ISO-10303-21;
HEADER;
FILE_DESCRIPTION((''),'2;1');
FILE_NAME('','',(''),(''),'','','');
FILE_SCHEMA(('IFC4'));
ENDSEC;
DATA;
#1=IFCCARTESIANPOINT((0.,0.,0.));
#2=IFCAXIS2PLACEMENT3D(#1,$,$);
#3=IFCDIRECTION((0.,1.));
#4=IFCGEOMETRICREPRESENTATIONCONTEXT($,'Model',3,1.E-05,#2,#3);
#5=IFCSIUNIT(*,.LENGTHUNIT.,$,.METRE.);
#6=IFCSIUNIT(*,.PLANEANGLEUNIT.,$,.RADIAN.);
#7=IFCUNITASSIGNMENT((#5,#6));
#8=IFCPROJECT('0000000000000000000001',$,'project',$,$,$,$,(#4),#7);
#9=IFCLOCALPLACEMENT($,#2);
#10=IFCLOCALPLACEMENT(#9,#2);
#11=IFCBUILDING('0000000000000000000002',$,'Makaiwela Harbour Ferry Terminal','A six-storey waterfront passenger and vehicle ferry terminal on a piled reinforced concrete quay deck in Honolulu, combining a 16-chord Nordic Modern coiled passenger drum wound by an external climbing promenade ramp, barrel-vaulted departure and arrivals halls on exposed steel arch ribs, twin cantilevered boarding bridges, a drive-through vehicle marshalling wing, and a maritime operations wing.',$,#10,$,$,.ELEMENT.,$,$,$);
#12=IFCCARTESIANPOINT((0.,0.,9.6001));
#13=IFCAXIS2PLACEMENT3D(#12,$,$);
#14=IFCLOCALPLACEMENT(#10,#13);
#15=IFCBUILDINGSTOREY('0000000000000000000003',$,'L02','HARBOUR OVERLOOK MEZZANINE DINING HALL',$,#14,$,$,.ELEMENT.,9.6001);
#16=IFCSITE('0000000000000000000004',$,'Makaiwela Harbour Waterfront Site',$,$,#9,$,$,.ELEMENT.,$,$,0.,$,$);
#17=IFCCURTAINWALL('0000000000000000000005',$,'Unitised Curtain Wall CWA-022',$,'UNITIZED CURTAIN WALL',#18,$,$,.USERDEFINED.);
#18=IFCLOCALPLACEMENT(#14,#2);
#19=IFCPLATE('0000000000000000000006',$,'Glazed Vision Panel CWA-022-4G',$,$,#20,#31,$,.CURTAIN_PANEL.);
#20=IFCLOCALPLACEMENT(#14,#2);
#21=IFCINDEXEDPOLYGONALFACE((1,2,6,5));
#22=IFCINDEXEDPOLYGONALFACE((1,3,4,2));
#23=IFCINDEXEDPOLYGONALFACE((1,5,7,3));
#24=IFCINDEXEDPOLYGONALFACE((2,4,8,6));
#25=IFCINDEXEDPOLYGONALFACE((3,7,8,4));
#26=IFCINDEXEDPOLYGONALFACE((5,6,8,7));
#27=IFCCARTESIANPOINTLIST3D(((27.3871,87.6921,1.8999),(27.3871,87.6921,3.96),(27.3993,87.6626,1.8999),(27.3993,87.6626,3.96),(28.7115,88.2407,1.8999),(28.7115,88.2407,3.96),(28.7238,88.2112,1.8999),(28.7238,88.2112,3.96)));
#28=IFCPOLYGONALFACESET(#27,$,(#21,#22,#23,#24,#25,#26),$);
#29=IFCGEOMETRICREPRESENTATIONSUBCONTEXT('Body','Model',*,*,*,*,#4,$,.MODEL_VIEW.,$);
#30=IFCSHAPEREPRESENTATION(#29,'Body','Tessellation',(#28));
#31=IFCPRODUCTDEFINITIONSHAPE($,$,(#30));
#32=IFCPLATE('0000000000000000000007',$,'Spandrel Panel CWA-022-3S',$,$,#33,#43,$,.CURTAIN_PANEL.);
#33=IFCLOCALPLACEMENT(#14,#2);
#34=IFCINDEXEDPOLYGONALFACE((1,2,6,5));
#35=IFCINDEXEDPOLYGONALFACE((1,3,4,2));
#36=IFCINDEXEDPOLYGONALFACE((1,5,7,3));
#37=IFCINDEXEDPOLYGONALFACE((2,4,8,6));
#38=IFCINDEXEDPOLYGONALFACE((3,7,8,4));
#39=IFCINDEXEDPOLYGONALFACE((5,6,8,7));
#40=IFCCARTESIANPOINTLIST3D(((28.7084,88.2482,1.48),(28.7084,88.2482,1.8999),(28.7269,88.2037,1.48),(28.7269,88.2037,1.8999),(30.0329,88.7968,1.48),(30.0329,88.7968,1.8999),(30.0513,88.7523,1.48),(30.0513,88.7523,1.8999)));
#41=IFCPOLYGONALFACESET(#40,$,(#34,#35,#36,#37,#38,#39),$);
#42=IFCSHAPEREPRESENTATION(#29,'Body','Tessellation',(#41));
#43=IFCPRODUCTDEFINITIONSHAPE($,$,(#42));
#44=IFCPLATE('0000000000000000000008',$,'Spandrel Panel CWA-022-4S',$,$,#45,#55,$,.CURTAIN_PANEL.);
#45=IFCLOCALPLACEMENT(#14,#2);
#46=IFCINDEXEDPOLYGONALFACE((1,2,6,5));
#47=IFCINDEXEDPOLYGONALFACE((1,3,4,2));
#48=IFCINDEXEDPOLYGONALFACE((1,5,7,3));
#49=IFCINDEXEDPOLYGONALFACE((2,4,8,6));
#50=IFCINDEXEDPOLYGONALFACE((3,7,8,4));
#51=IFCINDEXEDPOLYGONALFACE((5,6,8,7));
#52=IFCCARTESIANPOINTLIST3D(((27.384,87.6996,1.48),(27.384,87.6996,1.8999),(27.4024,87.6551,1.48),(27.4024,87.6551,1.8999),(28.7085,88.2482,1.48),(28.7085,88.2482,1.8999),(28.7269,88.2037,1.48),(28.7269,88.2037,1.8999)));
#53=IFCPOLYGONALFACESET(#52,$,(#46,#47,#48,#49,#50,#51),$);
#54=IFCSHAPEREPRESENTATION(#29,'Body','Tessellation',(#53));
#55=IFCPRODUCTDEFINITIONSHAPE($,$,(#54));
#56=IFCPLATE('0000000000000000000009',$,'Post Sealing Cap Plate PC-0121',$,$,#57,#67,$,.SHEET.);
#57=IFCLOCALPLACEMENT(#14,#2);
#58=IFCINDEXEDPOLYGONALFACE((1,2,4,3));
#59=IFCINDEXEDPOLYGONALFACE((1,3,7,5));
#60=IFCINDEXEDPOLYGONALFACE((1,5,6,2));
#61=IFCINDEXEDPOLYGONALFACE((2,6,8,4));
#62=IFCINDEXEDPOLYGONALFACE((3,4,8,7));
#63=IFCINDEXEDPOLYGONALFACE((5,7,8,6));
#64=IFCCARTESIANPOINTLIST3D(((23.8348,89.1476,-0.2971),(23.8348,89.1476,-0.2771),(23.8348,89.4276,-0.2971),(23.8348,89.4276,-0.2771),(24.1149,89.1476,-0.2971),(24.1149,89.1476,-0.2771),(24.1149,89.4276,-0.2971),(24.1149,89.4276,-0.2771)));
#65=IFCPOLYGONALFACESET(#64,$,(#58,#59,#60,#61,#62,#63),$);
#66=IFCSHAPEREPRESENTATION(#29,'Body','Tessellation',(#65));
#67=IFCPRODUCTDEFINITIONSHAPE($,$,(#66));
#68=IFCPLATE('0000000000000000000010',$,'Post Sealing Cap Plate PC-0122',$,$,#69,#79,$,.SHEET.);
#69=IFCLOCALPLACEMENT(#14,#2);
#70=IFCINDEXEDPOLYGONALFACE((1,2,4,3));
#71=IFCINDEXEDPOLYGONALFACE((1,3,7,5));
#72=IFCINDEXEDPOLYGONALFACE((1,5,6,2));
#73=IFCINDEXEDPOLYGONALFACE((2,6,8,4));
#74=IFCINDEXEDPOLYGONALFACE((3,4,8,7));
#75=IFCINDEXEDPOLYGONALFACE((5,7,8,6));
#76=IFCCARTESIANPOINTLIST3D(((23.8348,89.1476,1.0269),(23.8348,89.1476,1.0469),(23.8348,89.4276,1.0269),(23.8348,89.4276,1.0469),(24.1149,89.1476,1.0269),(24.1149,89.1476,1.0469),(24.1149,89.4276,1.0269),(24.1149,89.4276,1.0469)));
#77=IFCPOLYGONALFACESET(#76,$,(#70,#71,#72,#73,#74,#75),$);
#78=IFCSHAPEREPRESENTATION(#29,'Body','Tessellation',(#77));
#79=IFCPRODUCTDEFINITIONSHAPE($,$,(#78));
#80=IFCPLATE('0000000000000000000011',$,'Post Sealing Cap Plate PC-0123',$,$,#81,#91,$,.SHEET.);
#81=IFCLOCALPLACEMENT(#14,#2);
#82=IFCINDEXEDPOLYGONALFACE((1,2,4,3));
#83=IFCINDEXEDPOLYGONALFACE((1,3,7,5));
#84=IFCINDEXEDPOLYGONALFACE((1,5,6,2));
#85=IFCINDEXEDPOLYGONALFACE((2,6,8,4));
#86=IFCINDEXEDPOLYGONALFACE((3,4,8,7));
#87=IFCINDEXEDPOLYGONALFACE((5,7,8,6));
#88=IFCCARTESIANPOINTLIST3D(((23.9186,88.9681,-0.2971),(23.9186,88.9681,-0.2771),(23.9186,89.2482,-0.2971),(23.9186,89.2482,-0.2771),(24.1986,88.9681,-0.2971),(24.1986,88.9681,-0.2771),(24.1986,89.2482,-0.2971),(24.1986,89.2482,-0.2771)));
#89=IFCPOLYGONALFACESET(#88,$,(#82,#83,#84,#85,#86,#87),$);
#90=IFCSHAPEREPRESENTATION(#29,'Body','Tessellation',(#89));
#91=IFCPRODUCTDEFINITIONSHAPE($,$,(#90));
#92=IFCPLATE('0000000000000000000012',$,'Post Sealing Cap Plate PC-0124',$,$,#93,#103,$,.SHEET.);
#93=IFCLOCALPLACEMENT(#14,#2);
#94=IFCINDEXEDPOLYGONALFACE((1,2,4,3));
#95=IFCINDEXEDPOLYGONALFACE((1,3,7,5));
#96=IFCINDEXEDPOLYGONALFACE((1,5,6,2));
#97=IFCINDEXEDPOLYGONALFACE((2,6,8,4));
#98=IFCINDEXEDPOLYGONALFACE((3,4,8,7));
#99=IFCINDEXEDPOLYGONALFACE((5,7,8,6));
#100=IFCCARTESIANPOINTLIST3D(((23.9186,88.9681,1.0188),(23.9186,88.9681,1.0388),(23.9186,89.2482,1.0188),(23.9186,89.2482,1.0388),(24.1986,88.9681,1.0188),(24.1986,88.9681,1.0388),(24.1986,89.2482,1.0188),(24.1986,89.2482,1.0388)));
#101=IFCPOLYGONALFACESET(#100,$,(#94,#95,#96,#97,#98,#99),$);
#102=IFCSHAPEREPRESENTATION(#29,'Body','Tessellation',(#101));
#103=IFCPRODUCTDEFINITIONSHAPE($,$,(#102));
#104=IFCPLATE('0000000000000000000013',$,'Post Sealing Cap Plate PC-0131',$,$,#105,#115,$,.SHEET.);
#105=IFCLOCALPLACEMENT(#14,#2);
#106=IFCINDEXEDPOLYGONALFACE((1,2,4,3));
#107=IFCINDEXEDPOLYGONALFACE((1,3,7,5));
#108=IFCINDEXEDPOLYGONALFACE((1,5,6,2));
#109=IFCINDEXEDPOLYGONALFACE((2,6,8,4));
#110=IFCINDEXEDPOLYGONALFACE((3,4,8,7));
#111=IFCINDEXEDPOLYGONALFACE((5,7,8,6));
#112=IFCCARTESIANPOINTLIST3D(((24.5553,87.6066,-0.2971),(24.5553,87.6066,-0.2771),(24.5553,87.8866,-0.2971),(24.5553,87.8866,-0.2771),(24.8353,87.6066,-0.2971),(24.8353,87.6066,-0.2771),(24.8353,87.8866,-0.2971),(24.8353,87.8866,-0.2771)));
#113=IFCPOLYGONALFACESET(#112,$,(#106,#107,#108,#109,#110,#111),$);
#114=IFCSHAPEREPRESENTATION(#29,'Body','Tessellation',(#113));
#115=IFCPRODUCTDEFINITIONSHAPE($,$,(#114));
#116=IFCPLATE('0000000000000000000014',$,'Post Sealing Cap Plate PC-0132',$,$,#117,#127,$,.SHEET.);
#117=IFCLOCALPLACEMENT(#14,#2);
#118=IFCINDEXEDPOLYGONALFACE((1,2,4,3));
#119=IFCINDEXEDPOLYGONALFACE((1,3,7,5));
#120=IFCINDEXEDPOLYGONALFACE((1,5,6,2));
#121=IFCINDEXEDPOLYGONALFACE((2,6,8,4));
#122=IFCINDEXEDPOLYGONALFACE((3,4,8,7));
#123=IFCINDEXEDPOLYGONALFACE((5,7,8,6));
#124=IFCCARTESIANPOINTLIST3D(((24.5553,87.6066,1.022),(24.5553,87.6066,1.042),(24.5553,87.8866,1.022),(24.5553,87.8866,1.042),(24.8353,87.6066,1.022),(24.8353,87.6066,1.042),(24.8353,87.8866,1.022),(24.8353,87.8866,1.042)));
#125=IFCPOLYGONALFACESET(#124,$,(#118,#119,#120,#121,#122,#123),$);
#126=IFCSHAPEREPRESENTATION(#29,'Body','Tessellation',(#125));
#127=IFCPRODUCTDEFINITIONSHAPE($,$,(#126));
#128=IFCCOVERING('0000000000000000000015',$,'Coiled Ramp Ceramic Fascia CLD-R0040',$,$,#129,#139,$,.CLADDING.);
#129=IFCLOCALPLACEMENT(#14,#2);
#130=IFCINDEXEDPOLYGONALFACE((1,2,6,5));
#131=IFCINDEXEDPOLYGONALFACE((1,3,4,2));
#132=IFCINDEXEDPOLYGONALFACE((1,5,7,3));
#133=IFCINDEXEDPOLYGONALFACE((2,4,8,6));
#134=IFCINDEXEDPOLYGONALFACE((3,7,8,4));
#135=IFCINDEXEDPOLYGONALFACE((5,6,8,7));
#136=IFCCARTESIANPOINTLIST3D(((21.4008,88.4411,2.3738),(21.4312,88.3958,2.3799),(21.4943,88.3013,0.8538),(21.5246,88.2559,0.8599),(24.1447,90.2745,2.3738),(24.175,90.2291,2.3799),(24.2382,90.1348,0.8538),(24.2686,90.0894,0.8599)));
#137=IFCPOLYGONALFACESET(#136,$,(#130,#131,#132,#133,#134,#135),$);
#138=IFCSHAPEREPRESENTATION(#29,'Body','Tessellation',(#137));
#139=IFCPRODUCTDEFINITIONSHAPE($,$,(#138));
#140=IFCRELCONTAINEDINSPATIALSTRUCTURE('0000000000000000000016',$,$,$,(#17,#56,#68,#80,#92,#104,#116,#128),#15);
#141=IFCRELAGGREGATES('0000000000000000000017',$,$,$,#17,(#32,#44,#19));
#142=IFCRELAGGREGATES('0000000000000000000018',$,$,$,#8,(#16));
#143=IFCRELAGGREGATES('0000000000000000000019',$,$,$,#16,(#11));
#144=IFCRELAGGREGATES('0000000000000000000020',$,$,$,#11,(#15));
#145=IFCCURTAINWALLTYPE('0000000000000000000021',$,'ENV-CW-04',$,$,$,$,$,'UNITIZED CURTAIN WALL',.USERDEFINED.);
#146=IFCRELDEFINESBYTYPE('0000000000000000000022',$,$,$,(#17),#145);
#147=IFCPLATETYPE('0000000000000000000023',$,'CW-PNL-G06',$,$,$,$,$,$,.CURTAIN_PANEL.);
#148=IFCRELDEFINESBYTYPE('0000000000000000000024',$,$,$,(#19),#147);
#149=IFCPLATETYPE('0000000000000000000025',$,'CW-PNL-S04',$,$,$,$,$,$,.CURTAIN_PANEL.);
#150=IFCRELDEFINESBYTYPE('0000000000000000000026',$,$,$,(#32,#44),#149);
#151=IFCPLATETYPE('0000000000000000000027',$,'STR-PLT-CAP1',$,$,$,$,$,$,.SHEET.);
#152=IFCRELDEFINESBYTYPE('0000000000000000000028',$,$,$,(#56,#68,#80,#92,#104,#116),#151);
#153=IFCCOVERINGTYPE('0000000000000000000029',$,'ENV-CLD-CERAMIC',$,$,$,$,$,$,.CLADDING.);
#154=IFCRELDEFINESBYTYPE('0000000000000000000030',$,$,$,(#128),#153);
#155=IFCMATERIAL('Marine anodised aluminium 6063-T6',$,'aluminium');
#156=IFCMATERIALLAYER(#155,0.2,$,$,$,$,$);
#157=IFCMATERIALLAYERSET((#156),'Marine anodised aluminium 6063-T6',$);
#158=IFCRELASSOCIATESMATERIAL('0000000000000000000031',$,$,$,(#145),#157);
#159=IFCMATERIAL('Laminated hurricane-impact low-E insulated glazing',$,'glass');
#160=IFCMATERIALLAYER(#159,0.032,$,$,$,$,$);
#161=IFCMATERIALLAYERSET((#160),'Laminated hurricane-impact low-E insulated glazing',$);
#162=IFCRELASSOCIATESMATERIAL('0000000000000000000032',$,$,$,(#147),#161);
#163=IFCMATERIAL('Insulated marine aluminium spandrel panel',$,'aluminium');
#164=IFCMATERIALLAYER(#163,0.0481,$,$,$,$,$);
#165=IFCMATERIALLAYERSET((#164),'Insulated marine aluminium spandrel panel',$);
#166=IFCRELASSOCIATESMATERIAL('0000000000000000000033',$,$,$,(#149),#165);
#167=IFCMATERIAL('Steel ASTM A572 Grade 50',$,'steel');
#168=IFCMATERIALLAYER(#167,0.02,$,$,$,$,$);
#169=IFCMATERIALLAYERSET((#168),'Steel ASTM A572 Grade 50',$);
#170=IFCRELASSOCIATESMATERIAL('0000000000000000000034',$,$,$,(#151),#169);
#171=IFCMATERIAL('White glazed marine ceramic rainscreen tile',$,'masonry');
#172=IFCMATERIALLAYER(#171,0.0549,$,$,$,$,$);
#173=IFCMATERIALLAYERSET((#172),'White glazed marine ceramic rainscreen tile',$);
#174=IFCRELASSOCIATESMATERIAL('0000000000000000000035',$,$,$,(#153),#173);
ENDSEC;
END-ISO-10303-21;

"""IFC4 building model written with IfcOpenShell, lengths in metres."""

from ifc_helpers import new_model, si_unit, direction, frame, origin, origin_2d, place, context, subcontext, project, spatial, polyline, rectangle, outline, extrude, material, layer, layer_set, type_object, element, aggregate, save


model = new_model("IFC4")

# Units and contexts
model_context = context("Model", 3, precision=1e-05, world=origin(), true_north=direction((0.0, 1.0)))
body_context = subcontext(model_context, "Body", "Model", "MODEL_VIEW")
ifc_project = project(units=[si_unit("LENGTHUNIT", "METRE"), si_unit("PLANEANGLEUNIT", "RADIAN")], contexts=[model_context])

# Site, building, storey
site_placement = place(None, origin())
site = spatial("IfcSite", under=ifc_project, at=site_placement, Name="Makaiwela Harbour Waterfront Site", CompositionType="ELEMENT", RefElevation=0.0)
building_placement = place(site_placement, origin())
building = spatial("IfcBuilding", under=site, at=building_placement, Name="Makaiwela Harbour Ferry Terminal", Description="A six-storey waterfront passenger and vehicle ferry terminal on a piled reinforced concrete quay deck in Honolulu, combining a 16-chord Nordic Modern coiled passenger drum wound by an external climbing promenade ramp, barrel-vaulted departure and arrivals halls on exposed steel arch ribs, twin cantilevered boarding bridges, a drive-through vehicle marshalling wing, and a maritime operations wing.", CompositionType="ELEMENT")
storey_placement = place(building_placement, frame((0.0, 0.0, 9.6001)))
storey = spatial("IfcBuildingStorey", under=building, at=storey_placement, Name="L02", Description="HARBOUR OVERLOOK MEZZANINE DINING HALL", CompositionType="ELEMENT", Elevation=9.6001)

# Curtain wall
ifc_material_1 = material(Name="Marine anodised aluminium 6063-T6", Category="aluminium")
ifc_layer_1 = layer(ifc_material_1, 0.2)
ifc_layer_set_1 = layer_set([ifc_layer_1], Name="Marine anodised aluminium 6063-T6")
curtain_wall_type = type_object("IfcCurtainWallType", Name="ENV-CW-04", ElementType="UNITIZED CURTAIN WALL", PredefinedType="USERDEFINED", material=ifc_layer_set_1)
curtain_wall_placement = place(storey_placement, origin())
curtain_wall = element("IfcCurtainWall", 1, at=curtain_wall_placement, inside=storey, type_object=curtain_wall_type, Name="Unitised Curtain Wall CWA-022", ObjectType="UNITIZED CURTAIN WALL", PredefinedType="USERDEFINED")

# Plates
ifc_material_2 = material(Name="Laminated hurricane-impact low-E insulated glazing", Category="glass")
ifc_layer_2 = layer(ifc_material_2, 0.032)
ifc_layer_set_2 = layer_set([ifc_layer_2], Name="Laminated hurricane-impact low-E insulated glazing")
plate_type_1 = type_object("IfcPlateType", Name="CW-PNL-G06", PredefinedType="CURTAIN_PANEL", material=ifc_layer_set_2)
plate_1_placement = place(storey_placement, frame((28.0554, 87.9517, 1.8999), z_axis=(0.0, 0.0, 1.0), x_axis=(-0.92388, -0.382683, 0.0)))
plate_1 = element("IfcPlate", 2, at=plate_1_placement, type_object=plate_type_1, Name="Glazed Vision Panel CWA-022-4G", PredefinedType="CURTAIN_PANEL", context=body_context, shape_type="SweptSolid", body=[
    extrude(rectangle(XDim=1.4336, YDim=0.032, at=origin_2d()), origin(), (0.0, 0.0, 1.0), 2.0601),
])
ifc_material_3 = material(Name="Insulated marine aluminium spandrel panel", Category="aluminium")
ifc_layer_3 = layer(ifc_material_3, 0.0481)
ifc_layer_set_3 = layer_set([ifc_layer_3], Name="Insulated marine aluminium spandrel panel")
plate_type_2 = type_object("IfcPlateType", Name="CW-PNL-S04", PredefinedType="CURTAIN_PANEL", material=ifc_layer_set_3)
plate_2_placement = place(storey_placement, frame((29.3799, 88.5002, 1.48), z_axis=(0.0, 0.0, 1.0), x_axis=(-0.92388, -0.382683, 0.0)))
plate_2 = element("IfcPlate", 3, at=plate_2_placement, type_object=plate_type_2, Name="Spandrel Panel CWA-022-3S", PredefinedType="CURTAIN_PANEL", context=body_context, shape_type="SweptSolid", body=[
    extrude(rectangle(XDim=1.4336, YDim=0.0481, at=origin_2d()), origin(), (0.0, 0.0, 1.0), 0.4199),
])
plate_3_placement = place(storey_placement, frame((28.0554, 87.9517, 1.48), z_axis=(0.0, 0.0, 1.0), x_axis=(-0.92388, -0.382683, 0.0)))
plate_3 = element("IfcPlate", 4, at=plate_3_placement, type_object=plate_type_2, Name="Spandrel Panel CWA-022-4S", PredefinedType="CURTAIN_PANEL", context=body_context, shape_type="SweptSolid", body=[
    extrude(rectangle(XDim=1.4336, YDim=0.0481, at=origin_2d()), origin(), (0.0, 0.0, 1.0), 0.4199),
])
aggregate(curtain_wall, [plate_2, plate_3, plate_1])

# Plates
ifc_material_4 = material(Name="Steel ASTM A572 Grade 50", Category="steel")
ifc_layer_4 = layer(ifc_material_4, 0.02)
ifc_layer_set_4 = layer_set([ifc_layer_4], Name="Steel ASTM A572 Grade 50")
plate_type_3 = type_object("IfcPlateType", Name="STR-PLT-CAP1", PredefinedType="SHEET", material=ifc_layer_set_4)
for number, where, z_axis, x_axis, name in (
    (5, (23.9749, 89.2876, -0.2971), (0.0, 0.0, 1.0), (1.0, 0.0, 0.0), "Post Sealing Cap Plate PC-0121"),
    (6, (23.9749, 89.2876, 1.0269), (0.0, 0.0, 1.0), (1.0, 0.0, 0.0), "Post Sealing Cap Plate PC-0122"),
    (7, (24.0586, 89.1082, -0.2971), (0.0, 0.0, 1.0), (1.0, 0.0, 0.0), "Post Sealing Cap Plate PC-0123"),
    (8, (24.0586, 89.1082, 1.0188), (0.0, 0.0, 1.0), (1.0, 0.0, 0.0), "Post Sealing Cap Plate PC-0124"),
    (9, (24.6953, 87.7466, -0.2971), (0.0, 0.0, 1.0), (1.0, 0.0, 0.0), "Post Sealing Cap Plate PC-0131"),
    (10, (24.6953, 87.7466, 1.022), (0.0, 0.0, 1.0), (1.0, 0.0, 0.0), "Post Sealing Cap Plate PC-0132"),
):
    element("IfcPlate", number, at=place(storey_placement, frame(where, z_axis=z_axis, x_axis=x_axis)), inside=storey, type_object=plate_type_3, Name=name, PredefinedType="SHEET", context=body_context, shape_type="SweptSolid", body=[
        extrude(rectangle(XDim=0.28, YDim=0.28, at=origin_2d()), origin(), (0.0, 0.0, 1.0), 0.02),
    ])

# Covering
ifc_material_5 = material(Name="White glazed marine ceramic rainscreen tile", Category="masonry")
ifc_layer_5 = layer(ifc_material_5, 0.0549)
ifc_layer_set_5 = layer_set([ifc_layer_5], Name="White glazed marine ceramic rainscreen tile")
covering_type = type_object("IfcCoveringType", Name="ENV-CLD-CERAMIC", PredefinedType="CLADDING", material=ifc_layer_set_5)
covering_placement = place(storey_placement, frame((24.2686, 90.0894, 0.8599), z_axis=(0.552193, -0.826433, 0.109962), x_axis=(-0.831475, -0.555562, -0.000003)))
element("IfcCovering", 11, at=covering_placement, inside=storey, type_object=covering_type, Name="Coiled Ramp Ceramic Fascia CLD-R0040", PredefinedType="CLADDING", context=body_context, shape_type="SweptSolid", body=[
    extrude(outline(polyline([(0.0, 0.0), (3.3001, 0.0), (3.3001, -1.5293), (0.0002, -1.5293), (0.0, 0.0)])), origin(), (0.0, 0.0, -1.0), 0.0549),
])

save(model, "model.ifc")
